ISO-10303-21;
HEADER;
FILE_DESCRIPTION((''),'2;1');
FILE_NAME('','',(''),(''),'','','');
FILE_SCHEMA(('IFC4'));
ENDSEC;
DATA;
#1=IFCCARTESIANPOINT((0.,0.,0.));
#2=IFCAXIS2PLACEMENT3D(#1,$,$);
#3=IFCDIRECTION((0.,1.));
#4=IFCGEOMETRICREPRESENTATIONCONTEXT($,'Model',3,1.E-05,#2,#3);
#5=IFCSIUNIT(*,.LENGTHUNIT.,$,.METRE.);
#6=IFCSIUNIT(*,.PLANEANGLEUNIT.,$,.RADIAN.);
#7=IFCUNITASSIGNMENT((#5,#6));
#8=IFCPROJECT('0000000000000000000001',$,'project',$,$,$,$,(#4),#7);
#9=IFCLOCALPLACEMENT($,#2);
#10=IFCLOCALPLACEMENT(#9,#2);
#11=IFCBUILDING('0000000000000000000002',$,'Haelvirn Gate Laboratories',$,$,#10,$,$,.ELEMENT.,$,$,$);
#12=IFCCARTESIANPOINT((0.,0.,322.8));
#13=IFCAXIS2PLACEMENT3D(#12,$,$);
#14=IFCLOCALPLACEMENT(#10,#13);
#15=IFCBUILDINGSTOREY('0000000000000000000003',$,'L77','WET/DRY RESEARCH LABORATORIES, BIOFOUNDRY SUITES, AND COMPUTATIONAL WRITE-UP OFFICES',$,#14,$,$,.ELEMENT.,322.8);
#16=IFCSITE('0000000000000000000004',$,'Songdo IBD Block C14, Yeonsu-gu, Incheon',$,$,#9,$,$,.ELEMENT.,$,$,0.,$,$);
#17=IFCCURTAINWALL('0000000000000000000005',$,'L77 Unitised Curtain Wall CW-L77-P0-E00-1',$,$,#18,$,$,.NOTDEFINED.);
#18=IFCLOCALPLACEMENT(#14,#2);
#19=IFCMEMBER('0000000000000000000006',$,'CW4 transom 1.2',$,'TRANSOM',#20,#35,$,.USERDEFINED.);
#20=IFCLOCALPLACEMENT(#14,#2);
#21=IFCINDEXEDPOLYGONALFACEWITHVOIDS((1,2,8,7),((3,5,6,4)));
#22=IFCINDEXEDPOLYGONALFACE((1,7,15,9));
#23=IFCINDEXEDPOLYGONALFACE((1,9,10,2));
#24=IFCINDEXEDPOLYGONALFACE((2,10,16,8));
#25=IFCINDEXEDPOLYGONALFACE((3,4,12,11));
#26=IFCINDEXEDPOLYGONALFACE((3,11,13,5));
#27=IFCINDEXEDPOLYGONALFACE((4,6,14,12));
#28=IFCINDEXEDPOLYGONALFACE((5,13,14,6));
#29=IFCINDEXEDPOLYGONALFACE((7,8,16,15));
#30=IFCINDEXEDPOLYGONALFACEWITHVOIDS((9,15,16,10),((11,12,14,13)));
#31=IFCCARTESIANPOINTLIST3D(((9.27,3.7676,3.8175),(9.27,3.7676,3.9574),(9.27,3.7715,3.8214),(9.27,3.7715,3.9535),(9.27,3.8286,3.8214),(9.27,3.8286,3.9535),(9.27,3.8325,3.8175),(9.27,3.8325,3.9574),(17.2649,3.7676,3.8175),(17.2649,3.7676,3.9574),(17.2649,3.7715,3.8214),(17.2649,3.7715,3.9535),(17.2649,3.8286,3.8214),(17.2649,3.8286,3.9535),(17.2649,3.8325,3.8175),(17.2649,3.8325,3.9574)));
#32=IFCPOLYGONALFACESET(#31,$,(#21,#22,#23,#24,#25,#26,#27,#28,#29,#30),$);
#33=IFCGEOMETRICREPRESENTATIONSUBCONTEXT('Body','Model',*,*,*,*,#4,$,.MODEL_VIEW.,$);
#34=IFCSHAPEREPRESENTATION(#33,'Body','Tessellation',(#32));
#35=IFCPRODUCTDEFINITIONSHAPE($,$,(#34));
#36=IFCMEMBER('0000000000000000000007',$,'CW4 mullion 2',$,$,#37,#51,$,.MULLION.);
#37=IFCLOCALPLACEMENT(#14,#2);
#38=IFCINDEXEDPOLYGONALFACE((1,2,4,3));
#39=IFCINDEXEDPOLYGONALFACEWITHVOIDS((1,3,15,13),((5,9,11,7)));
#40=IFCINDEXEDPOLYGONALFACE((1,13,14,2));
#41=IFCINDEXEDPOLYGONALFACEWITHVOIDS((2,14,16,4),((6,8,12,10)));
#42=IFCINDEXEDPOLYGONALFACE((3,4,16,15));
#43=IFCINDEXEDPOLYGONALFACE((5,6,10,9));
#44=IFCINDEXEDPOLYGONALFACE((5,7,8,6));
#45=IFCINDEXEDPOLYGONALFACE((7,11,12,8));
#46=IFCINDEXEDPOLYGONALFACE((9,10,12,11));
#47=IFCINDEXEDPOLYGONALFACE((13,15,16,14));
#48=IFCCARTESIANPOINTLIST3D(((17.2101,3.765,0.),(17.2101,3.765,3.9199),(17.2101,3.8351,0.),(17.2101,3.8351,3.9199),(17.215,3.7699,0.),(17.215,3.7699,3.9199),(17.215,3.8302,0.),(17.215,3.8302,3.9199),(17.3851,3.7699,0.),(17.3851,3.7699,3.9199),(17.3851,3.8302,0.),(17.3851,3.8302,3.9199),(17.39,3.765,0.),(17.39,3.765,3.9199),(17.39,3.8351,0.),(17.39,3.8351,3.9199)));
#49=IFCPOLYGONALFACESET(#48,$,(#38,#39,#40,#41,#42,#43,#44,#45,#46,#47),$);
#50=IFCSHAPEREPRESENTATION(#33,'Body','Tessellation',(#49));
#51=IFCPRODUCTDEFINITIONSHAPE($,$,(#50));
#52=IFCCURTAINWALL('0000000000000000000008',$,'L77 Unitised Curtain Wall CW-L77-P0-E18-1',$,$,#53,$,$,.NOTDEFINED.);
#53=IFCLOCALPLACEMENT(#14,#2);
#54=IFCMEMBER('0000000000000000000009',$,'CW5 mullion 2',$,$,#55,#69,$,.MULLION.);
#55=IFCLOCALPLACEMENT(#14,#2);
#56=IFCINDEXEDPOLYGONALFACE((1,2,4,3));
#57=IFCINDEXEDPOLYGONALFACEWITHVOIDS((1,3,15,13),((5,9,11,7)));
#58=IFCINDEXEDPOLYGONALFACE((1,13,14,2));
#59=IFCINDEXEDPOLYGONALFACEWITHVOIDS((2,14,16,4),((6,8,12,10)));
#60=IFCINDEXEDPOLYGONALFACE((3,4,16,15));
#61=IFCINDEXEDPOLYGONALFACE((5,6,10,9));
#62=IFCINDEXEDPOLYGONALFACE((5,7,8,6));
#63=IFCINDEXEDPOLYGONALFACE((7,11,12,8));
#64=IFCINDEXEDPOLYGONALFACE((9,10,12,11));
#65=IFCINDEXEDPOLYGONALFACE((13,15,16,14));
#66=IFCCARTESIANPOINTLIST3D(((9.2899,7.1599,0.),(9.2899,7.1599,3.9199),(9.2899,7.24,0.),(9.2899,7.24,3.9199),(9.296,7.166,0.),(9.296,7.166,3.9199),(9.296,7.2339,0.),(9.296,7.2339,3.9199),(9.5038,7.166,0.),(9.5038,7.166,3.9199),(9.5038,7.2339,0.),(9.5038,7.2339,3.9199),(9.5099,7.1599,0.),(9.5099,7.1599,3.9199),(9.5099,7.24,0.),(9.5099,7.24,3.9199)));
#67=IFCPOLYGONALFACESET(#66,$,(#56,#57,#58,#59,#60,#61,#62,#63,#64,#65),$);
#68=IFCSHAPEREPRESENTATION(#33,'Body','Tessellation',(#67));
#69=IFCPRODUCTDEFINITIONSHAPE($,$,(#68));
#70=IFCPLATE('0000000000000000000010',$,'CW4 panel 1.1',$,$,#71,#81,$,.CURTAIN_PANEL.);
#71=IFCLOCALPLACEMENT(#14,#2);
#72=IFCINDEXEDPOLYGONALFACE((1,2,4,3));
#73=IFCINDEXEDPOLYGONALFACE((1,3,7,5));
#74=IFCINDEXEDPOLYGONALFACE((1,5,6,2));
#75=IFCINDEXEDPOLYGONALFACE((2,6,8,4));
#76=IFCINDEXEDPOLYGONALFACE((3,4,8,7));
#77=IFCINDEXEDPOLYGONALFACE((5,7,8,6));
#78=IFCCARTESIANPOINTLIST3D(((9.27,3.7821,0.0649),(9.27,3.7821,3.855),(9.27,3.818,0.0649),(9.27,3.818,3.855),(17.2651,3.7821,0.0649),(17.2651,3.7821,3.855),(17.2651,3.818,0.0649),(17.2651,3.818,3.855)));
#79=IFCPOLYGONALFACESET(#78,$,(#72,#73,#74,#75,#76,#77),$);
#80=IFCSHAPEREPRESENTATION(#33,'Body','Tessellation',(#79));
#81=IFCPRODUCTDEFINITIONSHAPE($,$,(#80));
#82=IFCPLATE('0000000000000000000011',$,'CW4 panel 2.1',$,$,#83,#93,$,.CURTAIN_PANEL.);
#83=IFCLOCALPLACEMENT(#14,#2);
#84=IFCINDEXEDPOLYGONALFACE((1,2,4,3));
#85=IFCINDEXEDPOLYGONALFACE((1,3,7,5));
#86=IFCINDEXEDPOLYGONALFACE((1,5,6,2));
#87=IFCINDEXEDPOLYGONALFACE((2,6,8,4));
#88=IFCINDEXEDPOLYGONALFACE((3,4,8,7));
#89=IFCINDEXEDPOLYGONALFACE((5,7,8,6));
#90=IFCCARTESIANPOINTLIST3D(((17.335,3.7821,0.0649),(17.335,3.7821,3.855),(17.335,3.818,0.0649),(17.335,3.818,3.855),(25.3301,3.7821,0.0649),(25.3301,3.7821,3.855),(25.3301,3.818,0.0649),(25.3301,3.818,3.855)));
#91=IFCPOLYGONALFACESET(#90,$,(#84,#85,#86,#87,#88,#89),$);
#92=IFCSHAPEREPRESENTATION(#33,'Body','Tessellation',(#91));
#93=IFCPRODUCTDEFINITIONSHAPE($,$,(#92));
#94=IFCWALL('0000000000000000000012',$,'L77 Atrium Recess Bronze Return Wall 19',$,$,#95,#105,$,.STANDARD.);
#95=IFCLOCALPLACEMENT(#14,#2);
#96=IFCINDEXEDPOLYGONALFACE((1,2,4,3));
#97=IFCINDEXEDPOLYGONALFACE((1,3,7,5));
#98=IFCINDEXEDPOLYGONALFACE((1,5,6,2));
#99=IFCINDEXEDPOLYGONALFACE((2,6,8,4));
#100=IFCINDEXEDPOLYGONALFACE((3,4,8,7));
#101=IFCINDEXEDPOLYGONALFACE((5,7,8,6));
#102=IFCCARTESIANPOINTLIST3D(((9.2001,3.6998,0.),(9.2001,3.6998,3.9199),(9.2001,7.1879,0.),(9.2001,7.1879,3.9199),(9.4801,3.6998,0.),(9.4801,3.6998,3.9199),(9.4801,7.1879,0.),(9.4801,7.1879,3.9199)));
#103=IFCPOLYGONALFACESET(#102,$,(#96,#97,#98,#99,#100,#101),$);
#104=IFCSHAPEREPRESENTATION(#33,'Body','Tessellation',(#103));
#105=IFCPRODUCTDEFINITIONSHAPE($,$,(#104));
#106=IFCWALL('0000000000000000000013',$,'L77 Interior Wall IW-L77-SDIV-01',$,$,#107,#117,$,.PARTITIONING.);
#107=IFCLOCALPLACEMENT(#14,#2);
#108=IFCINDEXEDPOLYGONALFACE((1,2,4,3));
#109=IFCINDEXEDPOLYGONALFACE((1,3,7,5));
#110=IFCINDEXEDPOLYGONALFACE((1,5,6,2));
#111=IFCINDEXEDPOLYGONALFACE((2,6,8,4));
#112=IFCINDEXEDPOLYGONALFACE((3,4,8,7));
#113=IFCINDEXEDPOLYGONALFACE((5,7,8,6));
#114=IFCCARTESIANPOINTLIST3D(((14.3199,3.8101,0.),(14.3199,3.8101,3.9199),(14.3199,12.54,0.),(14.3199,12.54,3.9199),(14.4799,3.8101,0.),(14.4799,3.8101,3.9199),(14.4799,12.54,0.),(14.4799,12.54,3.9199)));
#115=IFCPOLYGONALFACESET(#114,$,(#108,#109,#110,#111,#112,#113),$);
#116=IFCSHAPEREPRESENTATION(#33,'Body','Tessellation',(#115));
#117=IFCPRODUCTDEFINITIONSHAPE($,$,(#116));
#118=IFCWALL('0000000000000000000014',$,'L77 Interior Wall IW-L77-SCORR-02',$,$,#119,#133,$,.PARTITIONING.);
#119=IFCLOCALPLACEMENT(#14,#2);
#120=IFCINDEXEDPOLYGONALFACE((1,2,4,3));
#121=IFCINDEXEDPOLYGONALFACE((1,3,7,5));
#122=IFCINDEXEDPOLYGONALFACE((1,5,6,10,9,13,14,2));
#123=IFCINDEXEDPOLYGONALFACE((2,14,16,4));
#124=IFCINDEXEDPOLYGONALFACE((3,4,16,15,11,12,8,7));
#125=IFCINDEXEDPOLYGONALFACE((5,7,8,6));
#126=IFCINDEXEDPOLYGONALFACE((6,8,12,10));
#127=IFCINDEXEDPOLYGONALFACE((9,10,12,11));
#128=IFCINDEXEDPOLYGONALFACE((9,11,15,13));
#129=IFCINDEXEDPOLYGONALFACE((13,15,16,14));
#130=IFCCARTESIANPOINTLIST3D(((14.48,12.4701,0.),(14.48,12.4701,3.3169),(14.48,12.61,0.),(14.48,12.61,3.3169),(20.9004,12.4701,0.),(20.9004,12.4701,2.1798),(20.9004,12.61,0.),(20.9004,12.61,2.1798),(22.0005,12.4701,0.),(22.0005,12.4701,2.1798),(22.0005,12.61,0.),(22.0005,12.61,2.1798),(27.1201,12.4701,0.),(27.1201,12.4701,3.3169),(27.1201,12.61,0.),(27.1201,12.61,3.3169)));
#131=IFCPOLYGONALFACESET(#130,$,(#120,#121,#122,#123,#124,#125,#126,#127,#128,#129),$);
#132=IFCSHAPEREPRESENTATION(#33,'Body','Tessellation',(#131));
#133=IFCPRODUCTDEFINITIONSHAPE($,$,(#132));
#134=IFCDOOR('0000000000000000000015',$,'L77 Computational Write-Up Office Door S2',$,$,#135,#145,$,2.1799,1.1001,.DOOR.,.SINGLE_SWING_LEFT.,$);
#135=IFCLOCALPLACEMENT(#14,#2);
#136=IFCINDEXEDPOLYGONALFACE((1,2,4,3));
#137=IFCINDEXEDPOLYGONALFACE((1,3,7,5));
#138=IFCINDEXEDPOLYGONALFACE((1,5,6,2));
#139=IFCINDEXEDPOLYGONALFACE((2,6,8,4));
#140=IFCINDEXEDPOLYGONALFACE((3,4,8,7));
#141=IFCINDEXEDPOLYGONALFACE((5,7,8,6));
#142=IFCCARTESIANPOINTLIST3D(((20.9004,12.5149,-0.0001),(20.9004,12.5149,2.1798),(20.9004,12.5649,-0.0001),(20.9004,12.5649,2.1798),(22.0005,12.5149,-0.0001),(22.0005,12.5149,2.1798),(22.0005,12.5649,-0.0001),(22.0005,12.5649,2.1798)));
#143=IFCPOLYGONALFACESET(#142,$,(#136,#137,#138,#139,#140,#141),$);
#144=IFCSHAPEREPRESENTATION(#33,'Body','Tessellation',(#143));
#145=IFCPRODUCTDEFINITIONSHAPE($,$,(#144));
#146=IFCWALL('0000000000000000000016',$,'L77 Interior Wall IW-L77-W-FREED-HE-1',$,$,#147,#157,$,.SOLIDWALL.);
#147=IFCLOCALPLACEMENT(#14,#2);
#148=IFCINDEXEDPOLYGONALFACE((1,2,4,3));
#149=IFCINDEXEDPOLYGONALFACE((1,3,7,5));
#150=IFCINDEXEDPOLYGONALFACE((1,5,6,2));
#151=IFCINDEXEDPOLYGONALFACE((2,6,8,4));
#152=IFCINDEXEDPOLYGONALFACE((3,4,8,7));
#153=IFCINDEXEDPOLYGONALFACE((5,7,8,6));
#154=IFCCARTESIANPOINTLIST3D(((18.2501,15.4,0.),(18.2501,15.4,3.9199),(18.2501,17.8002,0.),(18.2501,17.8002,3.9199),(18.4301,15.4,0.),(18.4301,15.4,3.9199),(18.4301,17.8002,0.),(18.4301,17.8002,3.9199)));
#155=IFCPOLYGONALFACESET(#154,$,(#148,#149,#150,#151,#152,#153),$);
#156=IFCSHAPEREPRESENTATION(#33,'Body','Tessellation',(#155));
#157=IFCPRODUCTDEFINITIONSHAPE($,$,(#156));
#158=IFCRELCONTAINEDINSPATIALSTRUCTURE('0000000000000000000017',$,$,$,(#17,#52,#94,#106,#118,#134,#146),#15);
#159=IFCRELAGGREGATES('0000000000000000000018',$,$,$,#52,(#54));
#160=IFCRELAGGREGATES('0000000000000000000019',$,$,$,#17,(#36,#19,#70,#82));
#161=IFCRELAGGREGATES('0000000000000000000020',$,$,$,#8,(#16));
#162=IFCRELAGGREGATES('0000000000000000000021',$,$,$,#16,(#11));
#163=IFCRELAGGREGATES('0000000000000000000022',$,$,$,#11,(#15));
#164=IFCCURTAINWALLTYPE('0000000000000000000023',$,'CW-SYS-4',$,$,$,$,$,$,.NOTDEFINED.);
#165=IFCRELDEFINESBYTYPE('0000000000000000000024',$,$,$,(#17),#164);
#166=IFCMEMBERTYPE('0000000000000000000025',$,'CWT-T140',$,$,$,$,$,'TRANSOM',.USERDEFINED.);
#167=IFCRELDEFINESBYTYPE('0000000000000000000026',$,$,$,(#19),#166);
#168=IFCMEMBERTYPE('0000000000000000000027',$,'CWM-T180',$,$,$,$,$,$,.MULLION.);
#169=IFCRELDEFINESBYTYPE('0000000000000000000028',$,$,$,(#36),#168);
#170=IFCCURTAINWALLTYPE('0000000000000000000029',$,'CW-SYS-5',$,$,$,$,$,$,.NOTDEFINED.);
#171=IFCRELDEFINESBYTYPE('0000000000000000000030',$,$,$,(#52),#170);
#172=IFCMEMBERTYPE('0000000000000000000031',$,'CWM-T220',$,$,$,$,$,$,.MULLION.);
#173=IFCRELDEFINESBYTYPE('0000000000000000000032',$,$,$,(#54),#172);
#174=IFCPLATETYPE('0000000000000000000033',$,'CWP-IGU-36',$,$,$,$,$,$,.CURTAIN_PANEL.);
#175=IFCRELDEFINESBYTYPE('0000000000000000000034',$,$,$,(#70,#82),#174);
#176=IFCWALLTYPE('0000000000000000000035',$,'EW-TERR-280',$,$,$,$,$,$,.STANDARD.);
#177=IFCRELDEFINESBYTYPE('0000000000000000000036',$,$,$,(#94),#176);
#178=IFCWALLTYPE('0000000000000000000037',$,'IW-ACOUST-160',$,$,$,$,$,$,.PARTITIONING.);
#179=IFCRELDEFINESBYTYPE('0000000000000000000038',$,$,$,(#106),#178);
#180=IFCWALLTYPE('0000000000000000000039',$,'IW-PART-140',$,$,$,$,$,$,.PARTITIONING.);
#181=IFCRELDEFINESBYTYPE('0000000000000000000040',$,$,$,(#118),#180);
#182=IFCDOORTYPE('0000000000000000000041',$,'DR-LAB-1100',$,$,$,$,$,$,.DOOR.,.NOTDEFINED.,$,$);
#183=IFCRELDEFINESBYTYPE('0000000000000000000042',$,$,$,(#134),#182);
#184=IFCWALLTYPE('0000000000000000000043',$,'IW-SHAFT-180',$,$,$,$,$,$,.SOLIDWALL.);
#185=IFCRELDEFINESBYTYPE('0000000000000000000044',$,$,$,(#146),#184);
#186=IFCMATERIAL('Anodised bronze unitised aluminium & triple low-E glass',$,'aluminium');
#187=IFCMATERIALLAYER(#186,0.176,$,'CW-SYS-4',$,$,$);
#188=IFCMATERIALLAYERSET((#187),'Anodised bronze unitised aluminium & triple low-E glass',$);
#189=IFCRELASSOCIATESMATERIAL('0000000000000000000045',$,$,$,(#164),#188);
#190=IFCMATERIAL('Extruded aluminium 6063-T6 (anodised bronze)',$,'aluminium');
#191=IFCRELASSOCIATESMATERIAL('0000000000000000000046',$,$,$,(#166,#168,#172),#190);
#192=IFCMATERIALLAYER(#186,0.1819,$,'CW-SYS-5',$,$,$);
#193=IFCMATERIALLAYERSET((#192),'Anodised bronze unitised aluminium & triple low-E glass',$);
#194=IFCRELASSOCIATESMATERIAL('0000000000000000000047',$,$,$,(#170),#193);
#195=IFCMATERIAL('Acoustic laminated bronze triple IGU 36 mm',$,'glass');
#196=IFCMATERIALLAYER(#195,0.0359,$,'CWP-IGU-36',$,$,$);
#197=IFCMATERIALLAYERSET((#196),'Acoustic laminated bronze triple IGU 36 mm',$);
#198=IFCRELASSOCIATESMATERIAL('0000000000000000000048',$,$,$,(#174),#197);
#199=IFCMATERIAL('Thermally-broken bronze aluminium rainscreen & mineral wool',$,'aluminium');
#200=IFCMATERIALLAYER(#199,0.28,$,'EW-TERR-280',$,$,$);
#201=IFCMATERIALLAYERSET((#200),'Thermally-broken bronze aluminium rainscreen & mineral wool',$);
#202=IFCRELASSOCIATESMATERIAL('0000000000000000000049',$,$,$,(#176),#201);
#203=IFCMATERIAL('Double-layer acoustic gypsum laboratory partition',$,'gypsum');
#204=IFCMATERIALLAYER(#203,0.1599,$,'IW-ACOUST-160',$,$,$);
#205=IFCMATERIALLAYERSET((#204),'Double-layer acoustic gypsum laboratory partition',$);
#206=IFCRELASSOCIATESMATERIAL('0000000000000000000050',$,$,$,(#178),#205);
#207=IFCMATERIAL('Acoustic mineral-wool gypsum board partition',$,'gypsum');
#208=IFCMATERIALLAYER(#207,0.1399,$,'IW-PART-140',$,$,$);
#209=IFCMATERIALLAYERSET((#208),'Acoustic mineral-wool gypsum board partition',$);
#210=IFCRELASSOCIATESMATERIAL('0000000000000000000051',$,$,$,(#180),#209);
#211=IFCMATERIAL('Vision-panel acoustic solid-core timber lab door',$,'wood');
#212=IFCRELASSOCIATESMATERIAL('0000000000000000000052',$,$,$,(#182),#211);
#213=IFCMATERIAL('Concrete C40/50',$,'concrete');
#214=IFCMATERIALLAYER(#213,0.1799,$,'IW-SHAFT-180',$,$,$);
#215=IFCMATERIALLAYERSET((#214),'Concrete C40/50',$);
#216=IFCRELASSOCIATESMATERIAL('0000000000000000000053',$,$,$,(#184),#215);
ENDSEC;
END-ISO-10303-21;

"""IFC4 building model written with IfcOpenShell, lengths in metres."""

from ifc_helpers import new_model, si_unit, direction, frame, frame_2d, origin, origin_2d, place, context, subcontext, project, spatial, rectangle, hollow_rectangle, extrude, source, transform, mapped, material, layer, layer_set, material_profile, profile_set, type_object, type_shapes, element, fill, aggregate, save


model = new_model("IFC4")

# Units and contexts
model_context = context("Model", 3, precision=1e-05, world=origin(), true_north=direction((0.0, 1.0)))
body_context = subcontext(model_context, "Body", "Model", "MODEL_VIEW")
ifc_project = project(units=[si_unit("LENGTHUNIT", "METRE"), si_unit("PLANEANGLEUNIT", "RADIAN")], contexts=[model_context])

# Site, building, storey
site_placement = place(None, origin())
site = spatial("IfcSite", under=ifc_project, at=site_placement, Name="Songdo IBD Block C14, Yeonsu-gu, Incheon", CompositionType="ELEMENT", RefElevation=0.0)
building_placement = place(site_placement, origin())
building = spatial("IfcBuilding", under=site, at=building_placement, Name="Haelvirn Gate Laboratories", CompositionType="ELEMENT")
storey_placement = place(building_placement, frame((0.0, 0.0, 322.8)))
storey = spatial("IfcBuildingStorey", under=building, at=storey_placement, Name="L77", Description="WET/DRY RESEARCH LABORATORIES, BIOFOUNDRY SUITES, AND COMPUTATIONAL WRITE-UP OFFICES", CompositionType="ELEMENT", Elevation=322.8)

# Curtain wall, members
ifc_material_1 = material(Name="Anodised bronze unitised aluminium & triple low-E glass", Category="aluminium")
ifc_layer_1 = layer(ifc_material_1, 0.176, Name="CW-SYS-4")
ifc_layer_set_1 = layer_set([ifc_layer_1], Name="Anodised bronze unitised aluminium & triple low-E glass")
curtain_wall_type_1 = type_object("IfcCurtainWallType", Name="CW-SYS-4", PredefinedType="NOTDEFINED", material=ifc_layer_set_1)
curtain_wall_1_placement = place(storey_placement, origin())
curtain_wall_1 = element("IfcCurtainWall", 1, at=curtain_wall_1_placement, inside=storey, type_object=curtain_wall_type_1, Name="L77 Unitised Curtain Wall CW-L77-P0-E00-1", PredefinedType="NOTDEFINED")
ifc_material_2 = material(Name="Extruded aluminium 6063-T6 (anodised bronze)", Category="aluminium")
ifc_material_profile_1 = material_profile(ifc_material_2, hollow_rectangle(XDim=0.0649, YDim=0.1399, WallThickness=0.0039, at=origin_2d()), Name="CWT-140x65x4")
ifc_profile_set_1 = profile_set([ifc_material_profile_1], Name="Extruded aluminium 6063-T6 (anodised bronze)")
member_type_1 = type_object("IfcMemberType", Name="CWT-T140", ElementType="TRANSOM", PredefinedType="USERDEFINED", material=ifc_profile_set_1)
shared_shape_1 = source(origin(), body_context, "Body", "SweptSolid", [
    extrude(hollow_rectangle(XDim=0.0649, YDim=0.1399, WallThickness=0.0039, at=origin_2d()), origin(), (0.0, 0.0, 1.0), 7.9949),
])
member_1_placement = place(storey_placement, frame((9.27, 3.8, 3.8875), z_axis=(1.0, 0.0, 0.0), x_axis=(0.0, 1.0, 0.0)))
member_1 = element("IfcMember", 2, at=member_1_placement, type_object=member_type_1, Name="CW4 transom 1.2", ObjectType="TRANSOM", PredefinedType="USERDEFINED", context=body_context, shape_type="MappedRepresentation", body=[
    mapped(shared_shape_1, transform((0.0, 0.0, 0.0), scale=1.0)),
])
ifc_material_profile_2 = material_profile(ifc_material_2, hollow_rectangle(XDim=0.0701, YDim=0.1799, WallThickness=0.0049, at=origin_2d()), Name="CWM-180x70x5")
ifc_profile_set_2 = profile_set([ifc_material_profile_2], Name="Extruded aluminium 6063-T6 (anodised bronze)")
member_type_2 = type_object("IfcMemberType", Name="CWM-T180", PredefinedType="MULLION", material=ifc_profile_set_2)
shared_shape_2 = source(origin(), body_context, "Body", "SweptSolid", [
    extrude(hollow_rectangle(XDim=0.0701, YDim=0.1799, WallThickness=0.0049, at=origin_2d()), origin(), (0.0, 0.0, 1.0), 3.9199),
])
type_shapes(member_type_2, [shared_shape_2])
member_2_placement = place(storey_placement, frame((17.3, 3.8, 0.0), z_axis=(0.0, 0.0, 1.0), x_axis=(0.0, 1.0, 0.0)))
member_2 = element("IfcMember", 3, at=member_2_placement, type_object=member_type_2, Name="CW4 mullion 2", PredefinedType="MULLION", context=body_context, shape_type="MappedRepresentation", body=[
    mapped(shared_shape_2, transform((0.0, 0.0, 0.0), scale=1.0)),
])

# Curtain wall, member
ifc_layer_2 = layer(ifc_material_1, 0.1819, Name="CW-SYS-5")
ifc_layer_set_2 = layer_set([ifc_layer_2], Name="Anodised bronze unitised aluminium & triple low-E glass")
curtain_wall_type_2 = type_object("IfcCurtainWallType", Name="CW-SYS-5", PredefinedType="NOTDEFINED", material=ifc_layer_set_2)
curtain_wall_2_placement = place(storey_placement, origin())
curtain_wall_2 = element("IfcCurtainWall", 4, at=curtain_wall_2_placement, inside=storey, type_object=curtain_wall_type_2, Name="L77 Unitised Curtain Wall CW-L77-P0-E18-1", PredefinedType="NOTDEFINED")
ifc_material_profile_3 = material_profile(ifc_material_2, hollow_rectangle(XDim=0.0801, YDim=0.22, WallThickness=0.0061, at=origin_2d()), Name="CWM-220x80x6")
ifc_profile_set_3 = profile_set([ifc_material_profile_3], Name="Extruded aluminium 6063-T6 (anodised bronze)")
member_type_3 = type_object("IfcMemberType", Name="CWM-T220", PredefinedType="MULLION", material=ifc_profile_set_3)
shared_shape_3 = source(origin(), body_context, "Body", "SweptSolid", [
    extrude(hollow_rectangle(XDim=0.0801, YDim=0.22, WallThickness=0.0061, at=origin_2d()), origin(), (0.0, 0.0, 1.0), 3.9199),
])
type_shapes(member_type_3, [shared_shape_3])
member_3_placement = place(storey_placement, frame((9.3999, 7.2, 0.0), z_axis=(0.0, 0.0, 1.0), x_axis=(0.0, 1.0, 0.0)))
member_3 = element("IfcMember", 5, at=member_3_placement, type_object=member_type_3, Name="CW5 mullion 2", PredefinedType="MULLION", context=body_context, shape_type="MappedRepresentation", body=[
    mapped(shared_shape_3, transform((0.0, 0.0, 0.0), scale=1.0)),
])
aggregate(curtain_wall_2, [member_3])

# Plates
ifc_material_3 = material(Name="Acoustic laminated bronze triple IGU 36 mm", Category="glass")
ifc_layer_3 = layer(ifc_material_3, 0.0359, Name="CWP-IGU-36")
ifc_layer_set_3 = layer_set([ifc_layer_3], Name="Acoustic laminated bronze triple IGU 36 mm")
plate_type = type_object("IfcPlateType", Name="CWP-IGU-36", PredefinedType="CURTAIN_PANEL", material=ifc_layer_set_3)
shared_shape_4 = source(origin(), body_context, "Body", "SweptSolid", [
    extrude(rectangle(XDim=7.9951, YDim=0.0359, at=origin_2d()), origin(), (0.0, 0.0, 1.0), 3.79),
])
type_shapes(plate_type, [shared_shape_4])
plate_1_placement = place(storey_placement, frame((13.2676, 3.8, 0.0649), z_axis=(0.0, 0.0, 1.0), x_axis=(1.0, 0.0, 0.0)))
plate_1 = element("IfcPlate", 6, at=plate_1_placement, type_object=plate_type, Name="CW4 panel 1.1", PredefinedType="CURTAIN_PANEL", context=body_context, shape_type="MappedRepresentation", body=[
    mapped(shared_shape_4, transform((0.0, 0.0, 0.0), scale=1.0)),
])
plate_2_placement = place(storey_placement, frame((21.3325, 3.8, 0.0649), z_axis=(0.0, 0.0, 1.0), x_axis=(1.0, 0.0, 0.0)))
plate_2 = element("IfcPlate", 7, at=plate_2_placement, type_object=plate_type, Name="CW4 panel 2.1", PredefinedType="CURTAIN_PANEL", context=body_context, shape_type="MappedRepresentation", body=[
    mapped(shared_shape_4, transform((0.0, 0.0, 0.0), scale=1.0)),
])
aggregate(curtain_wall_1, [member_2, member_1, plate_1, plate_2])

# Walls
ifc_material_4 = material(Name="Thermally-broken bronze aluminium rainscreen & mineral wool", Category="aluminium")
ifc_layer_4 = layer(ifc_material_4, 0.28, Name="EW-TERR-280")
ifc_layer_set_4 = layer_set([ifc_layer_4], Name="Thermally-broken bronze aluminium rainscreen & mineral wool")
wall_type_1 = type_object("IfcWallType", Name="EW-TERR-280", PredefinedType="STANDARD", material=ifc_layer_set_4)
wall_1_placement = place(storey_placement, frame((9.3401, 7.188, 0.0), z_axis=(0.0, 0.0, 1.0), x_axis=(0.0, -1.0, 0.0)))
element("IfcWall", 8, at=wall_1_placement, inside=storey, type_object=wall_type_1, Name="L77 Atrium Recess Bronze Return Wall 19", PredefinedType="STANDARD", context=body_context, shape_type="SweptSolid", body=[
    extrude(rectangle(XDim=3.488, YDim=0.28, at=frame_2d((1.7441, 0.0))), origin(), (0.0, 0.0, 1.0), 3.9199),
])
ifc_material_5 = material(Name="Double-layer acoustic gypsum laboratory partition", Category="gypsum")
ifc_layer_5 = layer(ifc_material_5, 0.1599, Name="IW-ACOUST-160")
ifc_layer_set_5 = layer_set([ifc_layer_5], Name="Double-layer acoustic gypsum laboratory partition")
wall_type_2 = type_object("IfcWallType", Name="IW-ACOUST-160", PredefinedType="PARTITIONING", material=ifc_layer_set_5)
wall_2_placement = place(storey_placement, frame((14.3999, 3.8101, 0.0), z_axis=(0.0, 0.0, 1.0), x_axis=(0.0, 1.0, 0.0)))
element("IfcWall", 9, at=wall_2_placement, inside=storey, type_object=wall_type_2, Name="L77 Interior Wall IW-L77-SDIV-01", PredefinedType="PARTITIONING", context=body_context, shape_type="SweptSolid", body=[
    extrude(rectangle(XDim=8.73, YDim=0.1599, at=frame_2d((4.365, 0.0))), origin(), (0.0, 0.0, 1.0), 3.9199),
])

# Wall, opening, door
ifc_material_6 = material(Name="Acoustic mineral-wool gypsum board partition", Category="gypsum")
ifc_layer_6 = layer(ifc_material_6, 0.1399, Name="IW-PART-140")
ifc_layer_set_6 = layer_set([ifc_layer_6], Name="Acoustic mineral-wool gypsum board partition")
wall_type_3 = type_object("IfcWallType", Name="IW-PART-140", PredefinedType="PARTITIONING", material=ifc_layer_set_6)
wall_3_placement = place(storey_placement, frame((14.48, 12.54, 0.0), z_axis=(0.0, 0.0, 1.0), x_axis=(1.0, 0.0, 0.0)))
wall_3 = element("IfcWall", 10, at=wall_3_placement, inside=storey, type_object=wall_type_3, Name="L77 Interior Wall IW-L77-SCORR-02", PredefinedType="PARTITIONING", context=body_context, shape_type="SweptSolid", body=[
    extrude(rectangle(XDim=12.6401, YDim=0.1399, at=frame_2d((6.3201, 0.0))), origin(), (0.0, 0.0, 1.0), 3.3169),
])
opening_1_placement = place(wall_3_placement, frame((6.4204, 0.0, 0.0)))
opening_1 = element("IfcOpeningElement", 11, at=opening_1_placement, cuts=wall_3, PredefinedType="OPENING", context=body_context, shape_type="SweptSolid", body=[
    extrude(rectangle(XDim=1.1001, YDim=2.1799, at=frame_2d((0.55, 1.0898))), frame((0.0, 0.0801, 0.0), z_axis=(0.0, -1.0, 0.0), x_axis=(1.0, 0.0, 0.0)), (0.0, 0.0, 1.0), 0.1599),
])
ifc_material_7 = material(Name="Vision-panel acoustic solid-core timber lab door", Category="wood")
door_type_1 = type_object("IfcDoorType", Name="DR-LAB-1100", OperationType="NOTDEFINED", PredefinedType="DOOR", material=ifc_material_7)
shared_shape_5 = source(origin(), body_context, "Body", "SweptSolid", [
    extrude(rectangle(XDim=1.1001, YDim=2.1799, at=frame_2d((0.55, 1.0898))), frame((0.0, 0.0249, 0.0), z_axis=(0.0, -1.0, 0.0), x_axis=(1.0, 0.0, 0.0)), (0.0, 0.0, 1.0), 0.05),
])
type_shapes(door_type_1, [shared_shape_5])
door_1_placement = place(opening_1_placement, origin())
door_1 = element("IfcDoor", 12, at=door_1_placement, inside=storey, type_object=door_type_1, Name="L77 Computational Write-Up Office Door S2", OperationType="SINGLE_SWING_LEFT", OverallHeight=2.1799, OverallWidth=1.1001, PredefinedType="DOOR", context=body_context, shape_type="MappedRepresentation", body=[
    mapped(shared_shape_5, transform((0.0, 0.0, 0.0), scale=1.0)),
])
fill(opening_1, door_1)

# Wall
ifc_material_8 = material(Name="Concrete C40/50", Category="concrete")
ifc_layer_7 = layer(ifc_material_8, 0.1799, Name="IW-SHAFT-180")
ifc_layer_set_7 = layer_set([ifc_layer_7], Name="Concrete C40/50")
wall_type_4 = type_object("IfcWallType", Name="IW-SHAFT-180", PredefinedType="SOLIDWALL", material=ifc_layer_set_7)
wall_4_placement = place(storey_placement, frame((18.3401, 15.3999, 0.0), z_axis=(0.0, 0.0, 1.0), x_axis=(0.0, 1.0, 0.0)))
element("IfcWall", 13, at=wall_4_placement, inside=storey, type_object=wall_type_4, Name="L77 Interior Wall IW-L77-W-FREED-HE-1", PredefinedType="SOLIDWALL", context=body_context, shape_type="SweptSolid", body=[
    extrude(rectangle(XDim=2.4001, YDim=0.1799, at=frame_2d((1.2002, 0.0))), origin(), (0.0, 0.0, 1.0), 3.9199),
])

save(model, "model.ifc")
